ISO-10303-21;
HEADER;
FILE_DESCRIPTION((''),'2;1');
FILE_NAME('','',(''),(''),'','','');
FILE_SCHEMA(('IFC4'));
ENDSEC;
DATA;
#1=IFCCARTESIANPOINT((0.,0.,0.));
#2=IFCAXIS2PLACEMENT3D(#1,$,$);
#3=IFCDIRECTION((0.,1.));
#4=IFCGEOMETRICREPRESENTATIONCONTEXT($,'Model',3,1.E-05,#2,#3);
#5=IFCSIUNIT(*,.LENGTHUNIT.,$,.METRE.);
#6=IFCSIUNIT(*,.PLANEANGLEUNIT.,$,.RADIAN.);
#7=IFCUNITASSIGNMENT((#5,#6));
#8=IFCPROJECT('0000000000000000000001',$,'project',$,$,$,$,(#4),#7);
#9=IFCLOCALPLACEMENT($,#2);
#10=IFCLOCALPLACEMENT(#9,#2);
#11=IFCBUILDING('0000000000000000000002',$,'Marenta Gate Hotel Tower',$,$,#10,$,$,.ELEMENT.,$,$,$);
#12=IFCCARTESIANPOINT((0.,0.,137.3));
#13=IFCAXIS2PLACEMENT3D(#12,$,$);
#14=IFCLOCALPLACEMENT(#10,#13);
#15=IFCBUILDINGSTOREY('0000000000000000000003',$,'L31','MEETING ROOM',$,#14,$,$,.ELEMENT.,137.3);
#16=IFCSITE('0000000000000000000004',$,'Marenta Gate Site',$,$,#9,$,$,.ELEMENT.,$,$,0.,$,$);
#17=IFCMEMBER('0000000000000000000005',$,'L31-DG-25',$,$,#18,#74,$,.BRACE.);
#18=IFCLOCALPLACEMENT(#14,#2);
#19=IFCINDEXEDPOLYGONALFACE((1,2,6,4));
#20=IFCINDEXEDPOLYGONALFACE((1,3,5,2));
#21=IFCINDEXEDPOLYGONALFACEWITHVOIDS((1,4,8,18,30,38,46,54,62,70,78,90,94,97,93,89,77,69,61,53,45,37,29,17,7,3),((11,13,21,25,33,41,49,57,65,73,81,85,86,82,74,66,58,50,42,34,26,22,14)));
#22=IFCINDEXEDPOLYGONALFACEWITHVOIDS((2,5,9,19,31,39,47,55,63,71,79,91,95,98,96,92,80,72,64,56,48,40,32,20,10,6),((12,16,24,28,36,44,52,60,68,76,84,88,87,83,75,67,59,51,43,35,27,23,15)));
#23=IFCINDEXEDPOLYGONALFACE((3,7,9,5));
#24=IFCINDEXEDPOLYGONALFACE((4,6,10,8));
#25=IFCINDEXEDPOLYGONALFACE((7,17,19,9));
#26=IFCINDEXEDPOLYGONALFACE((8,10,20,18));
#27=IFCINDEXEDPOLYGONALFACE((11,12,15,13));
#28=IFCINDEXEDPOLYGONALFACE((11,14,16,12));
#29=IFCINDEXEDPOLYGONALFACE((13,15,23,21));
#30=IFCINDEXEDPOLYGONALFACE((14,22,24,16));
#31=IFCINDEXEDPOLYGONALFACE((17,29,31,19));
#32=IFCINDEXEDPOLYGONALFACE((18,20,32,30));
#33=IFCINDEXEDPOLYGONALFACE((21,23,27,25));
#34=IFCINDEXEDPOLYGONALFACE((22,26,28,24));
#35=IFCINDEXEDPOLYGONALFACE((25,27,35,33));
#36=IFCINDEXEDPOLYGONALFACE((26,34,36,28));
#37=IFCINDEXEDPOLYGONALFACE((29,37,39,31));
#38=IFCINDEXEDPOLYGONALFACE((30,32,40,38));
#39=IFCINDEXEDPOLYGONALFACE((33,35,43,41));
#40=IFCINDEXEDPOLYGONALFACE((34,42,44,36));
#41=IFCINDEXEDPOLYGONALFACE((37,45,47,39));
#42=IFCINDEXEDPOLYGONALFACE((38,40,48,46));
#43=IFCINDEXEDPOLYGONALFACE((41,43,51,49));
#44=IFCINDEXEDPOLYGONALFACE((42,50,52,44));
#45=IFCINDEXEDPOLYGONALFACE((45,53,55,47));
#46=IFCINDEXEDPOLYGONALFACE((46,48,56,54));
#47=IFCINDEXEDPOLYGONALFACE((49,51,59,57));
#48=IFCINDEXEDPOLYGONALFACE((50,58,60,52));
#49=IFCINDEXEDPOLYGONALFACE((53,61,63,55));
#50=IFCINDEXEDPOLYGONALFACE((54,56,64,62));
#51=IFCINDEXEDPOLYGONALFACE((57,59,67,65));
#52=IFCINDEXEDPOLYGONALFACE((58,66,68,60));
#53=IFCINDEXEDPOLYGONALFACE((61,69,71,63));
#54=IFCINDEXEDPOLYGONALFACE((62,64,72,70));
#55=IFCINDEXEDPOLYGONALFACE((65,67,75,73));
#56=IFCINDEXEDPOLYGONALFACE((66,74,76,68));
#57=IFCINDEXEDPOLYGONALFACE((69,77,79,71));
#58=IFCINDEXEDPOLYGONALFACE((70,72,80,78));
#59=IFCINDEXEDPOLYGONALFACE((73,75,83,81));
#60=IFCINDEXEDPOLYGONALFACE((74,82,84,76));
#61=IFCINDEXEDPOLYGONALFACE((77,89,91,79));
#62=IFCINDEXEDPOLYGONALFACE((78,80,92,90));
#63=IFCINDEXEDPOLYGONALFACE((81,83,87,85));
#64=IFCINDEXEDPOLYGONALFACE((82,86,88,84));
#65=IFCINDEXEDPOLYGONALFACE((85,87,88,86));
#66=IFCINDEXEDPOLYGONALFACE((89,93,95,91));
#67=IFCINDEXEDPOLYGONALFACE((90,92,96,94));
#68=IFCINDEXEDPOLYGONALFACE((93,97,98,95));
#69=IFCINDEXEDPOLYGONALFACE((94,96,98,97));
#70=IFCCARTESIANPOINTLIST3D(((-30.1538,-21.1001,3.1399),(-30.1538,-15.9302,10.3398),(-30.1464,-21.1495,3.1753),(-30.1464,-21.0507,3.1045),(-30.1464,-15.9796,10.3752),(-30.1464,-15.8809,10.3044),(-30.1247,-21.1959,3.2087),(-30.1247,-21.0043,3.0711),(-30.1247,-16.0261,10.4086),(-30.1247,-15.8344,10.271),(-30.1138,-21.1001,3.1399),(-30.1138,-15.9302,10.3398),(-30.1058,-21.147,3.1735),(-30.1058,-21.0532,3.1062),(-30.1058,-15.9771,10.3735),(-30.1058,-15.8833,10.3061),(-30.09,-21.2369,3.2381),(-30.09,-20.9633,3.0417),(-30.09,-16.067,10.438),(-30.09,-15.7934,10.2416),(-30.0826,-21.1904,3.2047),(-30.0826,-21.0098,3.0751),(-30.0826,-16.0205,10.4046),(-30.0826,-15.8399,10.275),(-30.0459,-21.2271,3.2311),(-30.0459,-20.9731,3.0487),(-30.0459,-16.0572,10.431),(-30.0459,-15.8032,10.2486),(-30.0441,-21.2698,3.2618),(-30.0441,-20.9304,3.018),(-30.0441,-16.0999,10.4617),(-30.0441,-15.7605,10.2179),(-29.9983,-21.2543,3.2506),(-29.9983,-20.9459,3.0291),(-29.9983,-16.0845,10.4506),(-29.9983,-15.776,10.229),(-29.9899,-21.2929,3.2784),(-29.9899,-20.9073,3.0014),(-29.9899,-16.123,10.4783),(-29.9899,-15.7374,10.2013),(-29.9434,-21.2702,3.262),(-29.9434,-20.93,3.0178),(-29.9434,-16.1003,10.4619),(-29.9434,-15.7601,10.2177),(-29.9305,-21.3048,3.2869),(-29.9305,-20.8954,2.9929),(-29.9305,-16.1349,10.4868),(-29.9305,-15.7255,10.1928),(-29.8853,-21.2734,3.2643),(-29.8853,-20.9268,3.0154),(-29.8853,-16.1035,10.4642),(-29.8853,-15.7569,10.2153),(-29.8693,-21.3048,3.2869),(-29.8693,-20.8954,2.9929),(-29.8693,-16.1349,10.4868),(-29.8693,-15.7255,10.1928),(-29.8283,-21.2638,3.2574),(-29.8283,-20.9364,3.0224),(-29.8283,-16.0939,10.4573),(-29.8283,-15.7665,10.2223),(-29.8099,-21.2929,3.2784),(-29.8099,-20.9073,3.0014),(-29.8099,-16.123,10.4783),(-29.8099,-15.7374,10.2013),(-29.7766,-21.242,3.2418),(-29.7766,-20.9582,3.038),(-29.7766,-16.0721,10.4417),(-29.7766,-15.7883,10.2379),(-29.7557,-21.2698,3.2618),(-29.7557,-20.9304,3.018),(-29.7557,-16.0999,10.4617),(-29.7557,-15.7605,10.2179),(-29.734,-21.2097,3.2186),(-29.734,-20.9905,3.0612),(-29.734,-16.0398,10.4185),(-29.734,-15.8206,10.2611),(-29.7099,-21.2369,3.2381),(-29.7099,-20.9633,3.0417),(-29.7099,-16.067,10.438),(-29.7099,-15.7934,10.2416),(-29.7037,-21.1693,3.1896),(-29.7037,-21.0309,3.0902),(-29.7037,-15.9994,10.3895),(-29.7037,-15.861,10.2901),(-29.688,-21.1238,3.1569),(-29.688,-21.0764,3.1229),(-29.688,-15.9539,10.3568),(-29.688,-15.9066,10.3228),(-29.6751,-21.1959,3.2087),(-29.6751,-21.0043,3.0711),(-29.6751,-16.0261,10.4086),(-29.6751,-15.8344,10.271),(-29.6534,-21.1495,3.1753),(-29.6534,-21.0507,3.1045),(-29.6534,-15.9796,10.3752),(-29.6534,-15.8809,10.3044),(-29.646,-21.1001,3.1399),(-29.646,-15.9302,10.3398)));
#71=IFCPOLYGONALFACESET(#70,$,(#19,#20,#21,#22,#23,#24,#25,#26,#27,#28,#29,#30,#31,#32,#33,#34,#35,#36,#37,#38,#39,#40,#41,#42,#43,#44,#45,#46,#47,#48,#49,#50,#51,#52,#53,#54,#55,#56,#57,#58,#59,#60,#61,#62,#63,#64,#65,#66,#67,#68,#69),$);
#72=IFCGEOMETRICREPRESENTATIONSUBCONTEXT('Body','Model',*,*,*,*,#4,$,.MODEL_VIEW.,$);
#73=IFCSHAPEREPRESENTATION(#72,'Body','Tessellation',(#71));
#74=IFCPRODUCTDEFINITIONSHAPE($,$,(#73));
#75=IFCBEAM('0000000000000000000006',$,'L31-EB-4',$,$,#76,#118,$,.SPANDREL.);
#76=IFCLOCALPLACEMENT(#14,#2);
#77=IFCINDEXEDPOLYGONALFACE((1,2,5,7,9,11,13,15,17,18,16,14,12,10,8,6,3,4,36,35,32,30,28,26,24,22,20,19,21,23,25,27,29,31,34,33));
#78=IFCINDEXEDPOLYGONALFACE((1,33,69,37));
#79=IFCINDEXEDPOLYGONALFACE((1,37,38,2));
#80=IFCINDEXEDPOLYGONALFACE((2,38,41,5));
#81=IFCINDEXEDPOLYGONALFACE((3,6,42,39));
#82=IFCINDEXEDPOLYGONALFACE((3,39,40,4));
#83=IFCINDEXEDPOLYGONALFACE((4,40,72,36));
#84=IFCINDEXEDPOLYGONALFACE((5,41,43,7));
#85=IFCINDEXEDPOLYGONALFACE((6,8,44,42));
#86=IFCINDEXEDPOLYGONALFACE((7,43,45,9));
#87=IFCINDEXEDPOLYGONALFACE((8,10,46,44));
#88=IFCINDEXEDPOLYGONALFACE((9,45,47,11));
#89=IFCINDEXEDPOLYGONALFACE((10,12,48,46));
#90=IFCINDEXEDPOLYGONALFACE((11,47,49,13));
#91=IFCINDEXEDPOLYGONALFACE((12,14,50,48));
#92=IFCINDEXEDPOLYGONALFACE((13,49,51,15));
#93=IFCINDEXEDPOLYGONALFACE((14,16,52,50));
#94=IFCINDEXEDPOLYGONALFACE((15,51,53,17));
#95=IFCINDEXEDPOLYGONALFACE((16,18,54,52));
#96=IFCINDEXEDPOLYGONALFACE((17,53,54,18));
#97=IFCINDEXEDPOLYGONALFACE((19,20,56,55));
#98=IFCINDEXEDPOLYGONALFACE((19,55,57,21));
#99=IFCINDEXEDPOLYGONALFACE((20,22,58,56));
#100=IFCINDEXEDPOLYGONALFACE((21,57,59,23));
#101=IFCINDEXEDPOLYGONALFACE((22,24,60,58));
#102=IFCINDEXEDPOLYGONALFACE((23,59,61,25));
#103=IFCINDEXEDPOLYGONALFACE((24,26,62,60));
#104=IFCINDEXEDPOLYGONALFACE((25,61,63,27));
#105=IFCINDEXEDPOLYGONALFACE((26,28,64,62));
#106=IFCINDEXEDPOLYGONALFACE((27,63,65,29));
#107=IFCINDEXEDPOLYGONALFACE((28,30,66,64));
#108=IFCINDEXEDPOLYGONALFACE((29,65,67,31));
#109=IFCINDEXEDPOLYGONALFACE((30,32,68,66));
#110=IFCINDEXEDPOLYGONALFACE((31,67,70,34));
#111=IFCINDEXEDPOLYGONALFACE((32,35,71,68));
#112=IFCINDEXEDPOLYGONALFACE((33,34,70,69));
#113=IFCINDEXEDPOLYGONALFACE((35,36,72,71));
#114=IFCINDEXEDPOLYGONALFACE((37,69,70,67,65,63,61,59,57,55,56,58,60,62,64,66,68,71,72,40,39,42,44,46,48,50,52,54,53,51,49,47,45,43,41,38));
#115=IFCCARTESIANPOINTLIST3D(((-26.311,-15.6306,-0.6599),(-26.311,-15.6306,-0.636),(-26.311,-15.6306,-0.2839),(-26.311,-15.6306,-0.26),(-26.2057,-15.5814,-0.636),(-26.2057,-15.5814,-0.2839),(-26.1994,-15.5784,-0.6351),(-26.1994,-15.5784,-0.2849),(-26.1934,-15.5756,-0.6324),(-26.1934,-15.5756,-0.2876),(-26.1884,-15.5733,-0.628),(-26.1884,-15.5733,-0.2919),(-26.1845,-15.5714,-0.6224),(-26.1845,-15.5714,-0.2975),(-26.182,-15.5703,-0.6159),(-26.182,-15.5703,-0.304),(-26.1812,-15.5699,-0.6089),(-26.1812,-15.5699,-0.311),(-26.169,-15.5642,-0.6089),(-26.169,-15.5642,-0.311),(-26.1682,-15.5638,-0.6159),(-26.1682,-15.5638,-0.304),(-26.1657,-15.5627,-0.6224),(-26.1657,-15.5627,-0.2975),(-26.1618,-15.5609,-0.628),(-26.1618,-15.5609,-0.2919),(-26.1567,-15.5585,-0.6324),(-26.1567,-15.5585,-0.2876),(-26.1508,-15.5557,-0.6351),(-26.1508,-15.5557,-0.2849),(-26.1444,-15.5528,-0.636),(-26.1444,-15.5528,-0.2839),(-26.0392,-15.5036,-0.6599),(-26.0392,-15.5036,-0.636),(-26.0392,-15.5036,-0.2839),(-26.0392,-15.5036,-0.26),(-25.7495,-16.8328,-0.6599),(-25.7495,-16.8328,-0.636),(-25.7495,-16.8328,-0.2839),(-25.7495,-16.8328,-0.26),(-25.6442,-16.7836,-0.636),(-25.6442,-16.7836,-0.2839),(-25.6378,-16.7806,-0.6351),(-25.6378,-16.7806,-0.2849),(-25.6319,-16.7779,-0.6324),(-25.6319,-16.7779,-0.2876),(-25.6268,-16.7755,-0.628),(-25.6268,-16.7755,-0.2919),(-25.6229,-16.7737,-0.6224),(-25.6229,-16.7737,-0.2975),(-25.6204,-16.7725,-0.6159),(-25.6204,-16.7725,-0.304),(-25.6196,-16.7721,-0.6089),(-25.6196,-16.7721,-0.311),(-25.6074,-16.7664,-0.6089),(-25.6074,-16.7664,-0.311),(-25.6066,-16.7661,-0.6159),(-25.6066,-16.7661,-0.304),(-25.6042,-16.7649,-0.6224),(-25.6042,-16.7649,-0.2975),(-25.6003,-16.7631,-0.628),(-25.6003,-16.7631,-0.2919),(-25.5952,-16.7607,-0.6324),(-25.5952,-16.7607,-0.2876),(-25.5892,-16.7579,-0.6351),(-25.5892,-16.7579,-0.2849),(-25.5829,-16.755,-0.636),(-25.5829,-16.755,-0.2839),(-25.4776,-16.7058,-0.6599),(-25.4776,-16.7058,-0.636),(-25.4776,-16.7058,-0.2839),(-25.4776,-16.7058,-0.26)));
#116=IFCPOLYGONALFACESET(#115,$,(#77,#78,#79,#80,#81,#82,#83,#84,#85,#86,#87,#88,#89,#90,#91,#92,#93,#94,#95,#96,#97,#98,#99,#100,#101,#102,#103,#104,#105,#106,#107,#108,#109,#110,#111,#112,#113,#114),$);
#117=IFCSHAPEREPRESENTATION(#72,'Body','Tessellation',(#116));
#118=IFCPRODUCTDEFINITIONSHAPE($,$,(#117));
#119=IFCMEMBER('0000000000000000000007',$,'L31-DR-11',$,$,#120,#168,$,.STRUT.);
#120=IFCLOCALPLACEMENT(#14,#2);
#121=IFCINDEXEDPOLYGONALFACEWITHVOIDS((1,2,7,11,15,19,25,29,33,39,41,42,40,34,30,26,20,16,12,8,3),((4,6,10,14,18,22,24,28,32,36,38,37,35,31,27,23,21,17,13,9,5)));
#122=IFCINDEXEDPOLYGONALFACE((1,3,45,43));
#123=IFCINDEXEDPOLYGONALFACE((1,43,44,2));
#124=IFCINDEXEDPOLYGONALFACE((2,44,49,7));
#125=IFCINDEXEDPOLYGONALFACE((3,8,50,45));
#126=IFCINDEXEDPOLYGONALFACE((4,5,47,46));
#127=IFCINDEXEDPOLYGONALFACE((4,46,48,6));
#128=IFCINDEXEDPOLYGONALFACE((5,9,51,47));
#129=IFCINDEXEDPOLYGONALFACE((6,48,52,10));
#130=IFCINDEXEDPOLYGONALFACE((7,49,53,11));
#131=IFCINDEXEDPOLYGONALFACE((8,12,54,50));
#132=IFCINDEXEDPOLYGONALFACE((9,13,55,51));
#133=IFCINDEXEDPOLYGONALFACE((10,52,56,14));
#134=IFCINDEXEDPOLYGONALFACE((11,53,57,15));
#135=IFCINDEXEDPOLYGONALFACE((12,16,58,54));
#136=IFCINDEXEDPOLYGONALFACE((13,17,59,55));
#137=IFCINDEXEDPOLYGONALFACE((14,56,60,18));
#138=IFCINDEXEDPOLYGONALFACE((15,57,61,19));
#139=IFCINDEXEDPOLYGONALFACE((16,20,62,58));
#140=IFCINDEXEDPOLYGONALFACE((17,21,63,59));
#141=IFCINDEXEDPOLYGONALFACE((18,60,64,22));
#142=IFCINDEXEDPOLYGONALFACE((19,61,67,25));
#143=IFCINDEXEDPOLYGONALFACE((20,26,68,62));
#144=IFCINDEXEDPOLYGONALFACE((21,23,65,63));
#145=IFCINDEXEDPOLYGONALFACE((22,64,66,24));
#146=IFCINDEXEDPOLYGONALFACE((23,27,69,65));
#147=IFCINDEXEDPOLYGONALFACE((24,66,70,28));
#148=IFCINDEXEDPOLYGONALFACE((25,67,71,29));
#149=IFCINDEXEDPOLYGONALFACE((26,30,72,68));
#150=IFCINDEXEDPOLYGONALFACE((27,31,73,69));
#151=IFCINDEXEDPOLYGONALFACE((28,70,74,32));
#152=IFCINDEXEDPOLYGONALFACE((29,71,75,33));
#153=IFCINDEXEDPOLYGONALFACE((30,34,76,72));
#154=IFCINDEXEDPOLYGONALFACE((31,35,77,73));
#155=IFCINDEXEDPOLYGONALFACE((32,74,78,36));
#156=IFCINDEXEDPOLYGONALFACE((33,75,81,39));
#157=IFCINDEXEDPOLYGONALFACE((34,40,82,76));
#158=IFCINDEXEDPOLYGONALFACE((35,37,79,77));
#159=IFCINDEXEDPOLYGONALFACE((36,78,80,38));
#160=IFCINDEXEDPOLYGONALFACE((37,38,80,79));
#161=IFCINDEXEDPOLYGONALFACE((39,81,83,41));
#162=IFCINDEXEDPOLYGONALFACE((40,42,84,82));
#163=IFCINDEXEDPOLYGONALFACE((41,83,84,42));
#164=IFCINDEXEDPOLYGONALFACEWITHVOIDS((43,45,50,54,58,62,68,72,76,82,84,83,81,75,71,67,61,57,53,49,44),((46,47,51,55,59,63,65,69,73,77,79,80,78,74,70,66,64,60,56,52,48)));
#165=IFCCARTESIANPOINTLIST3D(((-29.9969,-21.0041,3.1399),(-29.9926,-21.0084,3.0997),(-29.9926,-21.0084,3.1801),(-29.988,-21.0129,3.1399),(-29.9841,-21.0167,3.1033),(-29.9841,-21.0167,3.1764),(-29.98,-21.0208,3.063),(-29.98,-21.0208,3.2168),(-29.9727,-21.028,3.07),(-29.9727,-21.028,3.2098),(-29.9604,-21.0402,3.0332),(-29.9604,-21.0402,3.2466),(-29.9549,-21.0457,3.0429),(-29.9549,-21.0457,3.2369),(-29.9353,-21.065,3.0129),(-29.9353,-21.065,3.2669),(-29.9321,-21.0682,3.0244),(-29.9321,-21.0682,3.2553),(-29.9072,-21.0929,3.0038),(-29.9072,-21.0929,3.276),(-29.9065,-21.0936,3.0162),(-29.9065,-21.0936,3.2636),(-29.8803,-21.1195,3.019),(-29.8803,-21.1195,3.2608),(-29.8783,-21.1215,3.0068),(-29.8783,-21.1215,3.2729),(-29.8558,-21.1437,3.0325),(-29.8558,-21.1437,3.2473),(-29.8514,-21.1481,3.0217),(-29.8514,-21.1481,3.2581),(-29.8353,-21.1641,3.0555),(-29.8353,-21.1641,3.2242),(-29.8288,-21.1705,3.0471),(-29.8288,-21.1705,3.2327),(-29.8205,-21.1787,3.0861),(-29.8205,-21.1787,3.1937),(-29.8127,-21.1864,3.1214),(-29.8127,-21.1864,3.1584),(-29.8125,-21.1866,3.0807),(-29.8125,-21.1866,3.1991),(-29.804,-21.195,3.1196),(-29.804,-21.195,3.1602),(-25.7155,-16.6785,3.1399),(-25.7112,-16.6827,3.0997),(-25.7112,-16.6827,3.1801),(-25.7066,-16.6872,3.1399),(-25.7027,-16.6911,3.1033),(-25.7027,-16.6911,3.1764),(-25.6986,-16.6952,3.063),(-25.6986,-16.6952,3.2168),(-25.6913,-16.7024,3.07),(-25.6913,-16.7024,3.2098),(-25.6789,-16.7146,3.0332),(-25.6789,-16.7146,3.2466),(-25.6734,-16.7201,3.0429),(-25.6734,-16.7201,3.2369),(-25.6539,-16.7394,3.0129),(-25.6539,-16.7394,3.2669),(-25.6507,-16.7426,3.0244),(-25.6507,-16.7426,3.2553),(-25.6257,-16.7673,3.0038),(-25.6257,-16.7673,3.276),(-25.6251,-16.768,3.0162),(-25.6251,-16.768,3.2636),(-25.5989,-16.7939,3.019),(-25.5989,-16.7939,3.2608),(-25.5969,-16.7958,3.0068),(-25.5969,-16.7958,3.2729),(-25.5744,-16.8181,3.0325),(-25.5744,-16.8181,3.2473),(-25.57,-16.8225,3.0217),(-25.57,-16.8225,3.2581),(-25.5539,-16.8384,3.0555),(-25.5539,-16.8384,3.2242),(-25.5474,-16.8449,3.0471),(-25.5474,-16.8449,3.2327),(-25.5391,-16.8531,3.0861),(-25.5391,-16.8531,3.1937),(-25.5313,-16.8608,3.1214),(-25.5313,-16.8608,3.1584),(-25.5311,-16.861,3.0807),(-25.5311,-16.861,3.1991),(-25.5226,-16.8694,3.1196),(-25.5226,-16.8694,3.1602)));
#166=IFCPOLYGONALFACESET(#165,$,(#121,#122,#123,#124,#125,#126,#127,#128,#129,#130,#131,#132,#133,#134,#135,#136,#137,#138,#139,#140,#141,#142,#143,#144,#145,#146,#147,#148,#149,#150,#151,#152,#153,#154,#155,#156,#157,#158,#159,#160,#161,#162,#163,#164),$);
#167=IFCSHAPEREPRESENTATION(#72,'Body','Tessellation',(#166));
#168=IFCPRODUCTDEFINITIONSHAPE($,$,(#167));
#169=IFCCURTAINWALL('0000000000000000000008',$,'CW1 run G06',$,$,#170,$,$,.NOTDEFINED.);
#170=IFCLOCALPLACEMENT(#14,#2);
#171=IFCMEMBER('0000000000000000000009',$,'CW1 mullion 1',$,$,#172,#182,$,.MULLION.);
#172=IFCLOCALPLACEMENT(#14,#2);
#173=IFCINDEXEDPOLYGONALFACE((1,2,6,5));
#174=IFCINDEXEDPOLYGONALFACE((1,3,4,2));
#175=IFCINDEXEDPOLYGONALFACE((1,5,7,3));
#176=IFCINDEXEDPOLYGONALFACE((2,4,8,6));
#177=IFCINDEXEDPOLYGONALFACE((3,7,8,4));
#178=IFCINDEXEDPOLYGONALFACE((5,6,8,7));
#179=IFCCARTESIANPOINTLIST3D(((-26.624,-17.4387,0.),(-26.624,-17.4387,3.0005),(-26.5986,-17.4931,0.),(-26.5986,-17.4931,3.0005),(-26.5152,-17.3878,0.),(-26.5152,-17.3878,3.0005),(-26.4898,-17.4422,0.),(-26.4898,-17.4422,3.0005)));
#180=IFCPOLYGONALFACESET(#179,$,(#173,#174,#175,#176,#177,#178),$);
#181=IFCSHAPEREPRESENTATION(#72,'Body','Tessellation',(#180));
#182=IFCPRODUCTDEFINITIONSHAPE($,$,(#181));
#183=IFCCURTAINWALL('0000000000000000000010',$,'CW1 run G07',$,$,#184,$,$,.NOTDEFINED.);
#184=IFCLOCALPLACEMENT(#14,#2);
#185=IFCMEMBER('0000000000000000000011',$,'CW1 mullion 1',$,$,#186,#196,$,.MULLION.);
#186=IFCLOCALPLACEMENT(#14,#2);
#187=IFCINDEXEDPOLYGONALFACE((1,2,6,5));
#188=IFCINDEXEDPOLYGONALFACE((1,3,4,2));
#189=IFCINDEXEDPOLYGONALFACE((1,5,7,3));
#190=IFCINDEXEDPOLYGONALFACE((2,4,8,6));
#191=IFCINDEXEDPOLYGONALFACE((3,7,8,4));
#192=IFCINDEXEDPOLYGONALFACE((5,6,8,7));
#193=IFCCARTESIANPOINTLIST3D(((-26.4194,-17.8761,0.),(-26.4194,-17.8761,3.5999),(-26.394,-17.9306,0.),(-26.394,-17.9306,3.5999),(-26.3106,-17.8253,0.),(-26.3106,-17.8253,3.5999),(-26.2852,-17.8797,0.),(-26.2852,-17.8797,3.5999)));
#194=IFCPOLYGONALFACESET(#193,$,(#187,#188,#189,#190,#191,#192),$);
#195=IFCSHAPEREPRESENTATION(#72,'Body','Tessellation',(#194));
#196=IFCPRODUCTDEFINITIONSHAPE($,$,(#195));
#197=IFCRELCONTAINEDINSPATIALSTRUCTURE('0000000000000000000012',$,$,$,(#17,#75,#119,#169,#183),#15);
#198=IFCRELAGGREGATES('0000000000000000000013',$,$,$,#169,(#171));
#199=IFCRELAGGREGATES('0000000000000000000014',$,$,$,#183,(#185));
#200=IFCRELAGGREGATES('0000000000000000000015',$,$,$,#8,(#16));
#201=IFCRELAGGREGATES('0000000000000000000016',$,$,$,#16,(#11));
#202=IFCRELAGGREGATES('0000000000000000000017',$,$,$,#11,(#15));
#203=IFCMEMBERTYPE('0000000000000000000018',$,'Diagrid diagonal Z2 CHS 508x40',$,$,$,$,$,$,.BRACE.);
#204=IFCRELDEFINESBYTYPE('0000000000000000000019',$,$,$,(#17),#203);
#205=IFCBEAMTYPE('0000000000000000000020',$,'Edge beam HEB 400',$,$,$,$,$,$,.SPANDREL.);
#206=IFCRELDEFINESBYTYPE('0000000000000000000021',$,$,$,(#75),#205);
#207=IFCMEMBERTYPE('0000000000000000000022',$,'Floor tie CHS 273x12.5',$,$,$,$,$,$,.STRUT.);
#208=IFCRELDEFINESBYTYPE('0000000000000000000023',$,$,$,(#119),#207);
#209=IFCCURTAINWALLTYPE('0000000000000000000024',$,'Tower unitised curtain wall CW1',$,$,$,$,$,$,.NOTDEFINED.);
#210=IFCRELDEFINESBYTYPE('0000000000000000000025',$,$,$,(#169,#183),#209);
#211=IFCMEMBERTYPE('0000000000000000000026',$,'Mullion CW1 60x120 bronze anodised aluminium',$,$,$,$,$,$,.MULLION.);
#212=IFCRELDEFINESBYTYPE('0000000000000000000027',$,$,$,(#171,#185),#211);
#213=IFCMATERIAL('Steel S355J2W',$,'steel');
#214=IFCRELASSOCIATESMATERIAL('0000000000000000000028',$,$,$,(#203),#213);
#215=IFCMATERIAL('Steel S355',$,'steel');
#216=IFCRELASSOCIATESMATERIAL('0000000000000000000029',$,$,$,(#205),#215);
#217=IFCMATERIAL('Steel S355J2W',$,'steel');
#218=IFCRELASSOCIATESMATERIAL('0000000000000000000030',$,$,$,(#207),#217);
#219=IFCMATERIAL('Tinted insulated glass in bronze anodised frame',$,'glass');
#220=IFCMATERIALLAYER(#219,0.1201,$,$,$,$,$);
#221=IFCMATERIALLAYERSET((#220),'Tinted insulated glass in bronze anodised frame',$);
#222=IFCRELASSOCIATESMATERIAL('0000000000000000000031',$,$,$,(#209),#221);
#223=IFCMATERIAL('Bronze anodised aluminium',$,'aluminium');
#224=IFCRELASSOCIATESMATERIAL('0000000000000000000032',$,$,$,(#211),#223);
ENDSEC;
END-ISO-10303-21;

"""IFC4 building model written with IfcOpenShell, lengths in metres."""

from ifc_helpers import new_model, si_unit, direction, frame, origin, origin_2d, place, context, subcontext, project, spatial, rectangle, hollow_circle, i_section, extrude, material, layer, layer_set, material_profile, profile_set, type_object, element, aggregate, save


model = new_model("IFC4")

# Units and contexts
model_context = context("Model", 3, precision=1e-05, world=origin(), true_north=direction((0.0, 1.0)))
body_context = subcontext(model_context, "Body", "Model", "MODEL_VIEW")
ifc_project = project(units=[si_unit("LENGTHUNIT", "METRE"), si_unit("PLANEANGLEUNIT", "RADIAN")], contexts=[model_context])

# Site, building, storey
site_placement = place(None, origin())
site = spatial("IfcSite", under=ifc_project, at=site_placement, Name="Marenta Gate Site", CompositionType="ELEMENT", RefElevation=0.0)
building_placement = place(site_placement, origin())
building = spatial("IfcBuilding", under=site, at=building_placement, Name="Marenta Gate Hotel Tower", CompositionType="ELEMENT")
storey_placement = place(building_placement, frame((0.0, 0.0, 137.3)))
storey = spatial("IfcBuildingStorey", under=building, at=storey_placement, Name="L31", Description="MEETING ROOM", CompositionType="ELEMENT", Elevation=137.3)

# Member
ifc_material_1 = material(Name="Steel S355J2W", Category="steel")
ifc_material_profile_1 = material_profile(ifc_material_1, hollow_circle(Radius=0.2539, WallThickness=0.04, at=origin_2d()), Name="CHS 508x40")
ifc_profile_set_1 = profile_set([ifc_material_profile_1], Name="Steel S355J2W")
member_type_1 = type_object("IfcMemberType", Name="Diagrid diagonal Z2 CHS 508x40", PredefinedType="BRACE", material=ifc_profile_set_1)
member_1_placement = place(storey_placement, frame((-29.8999, -21.1001, 3.1399), z_axis=(0.0, 0.583261, 0.812285), x_axis=(-1.0, 0.0, 0.0)))
element("IfcMember", 1, at=member_1_placement, inside=storey, type_object=member_type_1, Name="L31-DG-25", PredefinedType="BRACE", context=body_context, shape_type="SweptSolid", body=[
    extrude(hollow_circle(Radius=0.2539, WallThickness=0.04, at=origin_2d()), origin(), (0.0, 0.0, 1.0), 8.8638),
])

# Beam
ifc_material_2 = material(Name="Steel S355", Category="steel")
ifc_material_profile_2 = material_profile(ifc_material_2, i_section(OverallWidth=0.3, OverallDepth=0.3999, WebThickness=0.0134, FlangeThickness=0.0239, FilletRadius=0.0271, at=origin_2d()), Name="HEB 400")
ifc_profile_set_2 = profile_set([ifc_material_profile_2], Name="Steel S355")
beam_type = type_object("IfcBeamType", Name="Edge beam HEB 400", PredefinedType="SPANDREL", material=ifc_profile_set_2)
beam_placement = place(storey_placement, frame((-25.6135, -16.7693, -0.46), z_axis=(-0.423208, 0.906033, 0.0), x_axis=(-0.906033, -0.423208, 0.0)))
element("IfcBeam", 2, at=beam_placement, inside=storey, type_object=beam_type, Name="L31-EB-4", PredefinedType="SPANDREL", context=body_context, shape_type="SweptSolid", body=[
    extrude(i_section(OverallWidth=0.3, OverallDepth=0.3999, WebThickness=0.0134, FlangeThickness=0.0239, FilletRadius=0.0271, at=origin_2d()), origin(), (0.0, 0.0, 1.0), 1.3269),
])

# Member
ifc_material_3 = material(Name="Steel S355J2W", Category="steel")
ifc_material_profile_3 = material_profile(ifc_material_3, hollow_circle(Radius=0.1365, WallThickness=0.0125, at=origin_2d()), Name="CHS 273x12.5")
ifc_profile_set_3 = profile_set([ifc_material_profile_3], Name="Steel S355J2W")
member_type_2 = type_object("IfcMemberType", Name="Floor tie CHS 273x12.5", PredefinedType="STRUT", material=ifc_profile_set_3)
member_2_placement = place(storey_placement, frame((-29.8999, -21.1001, 3.1399), z_axis=(0.703467, 0.710728, 0.0), x_axis=(-0.710728, 0.703467, 0.0)))
element("IfcMember", 3, at=member_2_placement, inside=storey, type_object=member_type_2, Name="L31-DR-11", PredefinedType="STRUT", context=body_context, shape_type="SweptSolid", body=[
    extrude(hollow_circle(Radius=0.1365, WallThickness=0.0125, at=origin_2d()), origin(), (0.0, 0.0, 1.0), 6.0862),
])

# Curtain walls, members
ifc_material_4 = material(Name="Tinted insulated glass in bronze anodised frame", Category="glass")
ifc_layer_1 = layer(ifc_material_4, 0.1201)
ifc_layer_set_1 = layer_set([ifc_layer_1], Name="Tinted insulated glass in bronze anodised frame")
curtain_wall_type = type_object("IfcCurtainWallType", Name="Tower unitised curtain wall CW1", PredefinedType="NOTDEFINED", material=ifc_layer_set_1)
curtain_wall_1_placement = place(storey_placement, origin())
curtain_wall_1 = element("IfcCurtainWall", 4, at=curtain_wall_1_placement, inside=storey, type_object=curtain_wall_type, Name="CW1 run G06", PredefinedType="NOTDEFINED")
ifc_material_5 = material(Name="Bronze anodised aluminium", Category="aluminium")
ifc_material_profile_4 = material_profile(ifc_material_5, rectangle(XDim=0.1201, YDim=0.0601, at=origin_2d()), Name="Mullion CW1 60x120 bronze anodised aluminium")
ifc_profile_set_4 = profile_set([ifc_material_profile_4], Name="Bronze anodised aluminium")
member_type_3 = type_object("IfcMemberType", Name="Mullion CW1 60x120 bronze anodised aluminium", PredefinedType="MULLION", material=ifc_profile_set_4)
member_3_placement = place(storey_placement, frame((-26.5569, -17.4404, 0.0), z_axis=(0.0, 0.0, 1.0), x_axis=(0.905961, 0.423362, 0.0)))
member_3 = element("IfcMember", 5, at=member_3_placement, type_object=member_type_3, Name="CW1 mullion 1", PredefinedType="MULLION", context=body_context, shape_type="SweptSolid", body=[
    extrude(rectangle(XDim=0.1201, YDim=0.0601, at=origin_2d()), origin(), (0.0, 0.0, 1.0), 3.0005),
])
curtain_wall_2_placement = place(storey_placement, origin())
curtain_wall_2 = element("IfcCurtainWall", 6, at=curtain_wall_2_placement, inside=storey, type_object=curtain_wall_type, Name="CW1 run G07", PredefinedType="NOTDEFINED")
member_4_placement = place(storey_placement, frame((-26.3523, -17.8779, 0.0), z_axis=(0.0, 0.0, 1.0), x_axis=(0.906001, 0.423275, 0.0)))
member_4 = element("IfcMember", 7, at=member_4_placement, type_object=member_type_3, Name="CW1 mullion 1", PredefinedType="MULLION", context=body_context, shape_type="SweptSolid", body=[
    extrude(rectangle(XDim=0.1201, YDim=0.0601, at=origin_2d()), origin(), (0.0, 0.0, 1.0), 3.5999),
])

aggregate(curtain_wall_1, [member_3])
aggregate(curtain_wall_2, [member_4])

save(model, "model.ifc")
